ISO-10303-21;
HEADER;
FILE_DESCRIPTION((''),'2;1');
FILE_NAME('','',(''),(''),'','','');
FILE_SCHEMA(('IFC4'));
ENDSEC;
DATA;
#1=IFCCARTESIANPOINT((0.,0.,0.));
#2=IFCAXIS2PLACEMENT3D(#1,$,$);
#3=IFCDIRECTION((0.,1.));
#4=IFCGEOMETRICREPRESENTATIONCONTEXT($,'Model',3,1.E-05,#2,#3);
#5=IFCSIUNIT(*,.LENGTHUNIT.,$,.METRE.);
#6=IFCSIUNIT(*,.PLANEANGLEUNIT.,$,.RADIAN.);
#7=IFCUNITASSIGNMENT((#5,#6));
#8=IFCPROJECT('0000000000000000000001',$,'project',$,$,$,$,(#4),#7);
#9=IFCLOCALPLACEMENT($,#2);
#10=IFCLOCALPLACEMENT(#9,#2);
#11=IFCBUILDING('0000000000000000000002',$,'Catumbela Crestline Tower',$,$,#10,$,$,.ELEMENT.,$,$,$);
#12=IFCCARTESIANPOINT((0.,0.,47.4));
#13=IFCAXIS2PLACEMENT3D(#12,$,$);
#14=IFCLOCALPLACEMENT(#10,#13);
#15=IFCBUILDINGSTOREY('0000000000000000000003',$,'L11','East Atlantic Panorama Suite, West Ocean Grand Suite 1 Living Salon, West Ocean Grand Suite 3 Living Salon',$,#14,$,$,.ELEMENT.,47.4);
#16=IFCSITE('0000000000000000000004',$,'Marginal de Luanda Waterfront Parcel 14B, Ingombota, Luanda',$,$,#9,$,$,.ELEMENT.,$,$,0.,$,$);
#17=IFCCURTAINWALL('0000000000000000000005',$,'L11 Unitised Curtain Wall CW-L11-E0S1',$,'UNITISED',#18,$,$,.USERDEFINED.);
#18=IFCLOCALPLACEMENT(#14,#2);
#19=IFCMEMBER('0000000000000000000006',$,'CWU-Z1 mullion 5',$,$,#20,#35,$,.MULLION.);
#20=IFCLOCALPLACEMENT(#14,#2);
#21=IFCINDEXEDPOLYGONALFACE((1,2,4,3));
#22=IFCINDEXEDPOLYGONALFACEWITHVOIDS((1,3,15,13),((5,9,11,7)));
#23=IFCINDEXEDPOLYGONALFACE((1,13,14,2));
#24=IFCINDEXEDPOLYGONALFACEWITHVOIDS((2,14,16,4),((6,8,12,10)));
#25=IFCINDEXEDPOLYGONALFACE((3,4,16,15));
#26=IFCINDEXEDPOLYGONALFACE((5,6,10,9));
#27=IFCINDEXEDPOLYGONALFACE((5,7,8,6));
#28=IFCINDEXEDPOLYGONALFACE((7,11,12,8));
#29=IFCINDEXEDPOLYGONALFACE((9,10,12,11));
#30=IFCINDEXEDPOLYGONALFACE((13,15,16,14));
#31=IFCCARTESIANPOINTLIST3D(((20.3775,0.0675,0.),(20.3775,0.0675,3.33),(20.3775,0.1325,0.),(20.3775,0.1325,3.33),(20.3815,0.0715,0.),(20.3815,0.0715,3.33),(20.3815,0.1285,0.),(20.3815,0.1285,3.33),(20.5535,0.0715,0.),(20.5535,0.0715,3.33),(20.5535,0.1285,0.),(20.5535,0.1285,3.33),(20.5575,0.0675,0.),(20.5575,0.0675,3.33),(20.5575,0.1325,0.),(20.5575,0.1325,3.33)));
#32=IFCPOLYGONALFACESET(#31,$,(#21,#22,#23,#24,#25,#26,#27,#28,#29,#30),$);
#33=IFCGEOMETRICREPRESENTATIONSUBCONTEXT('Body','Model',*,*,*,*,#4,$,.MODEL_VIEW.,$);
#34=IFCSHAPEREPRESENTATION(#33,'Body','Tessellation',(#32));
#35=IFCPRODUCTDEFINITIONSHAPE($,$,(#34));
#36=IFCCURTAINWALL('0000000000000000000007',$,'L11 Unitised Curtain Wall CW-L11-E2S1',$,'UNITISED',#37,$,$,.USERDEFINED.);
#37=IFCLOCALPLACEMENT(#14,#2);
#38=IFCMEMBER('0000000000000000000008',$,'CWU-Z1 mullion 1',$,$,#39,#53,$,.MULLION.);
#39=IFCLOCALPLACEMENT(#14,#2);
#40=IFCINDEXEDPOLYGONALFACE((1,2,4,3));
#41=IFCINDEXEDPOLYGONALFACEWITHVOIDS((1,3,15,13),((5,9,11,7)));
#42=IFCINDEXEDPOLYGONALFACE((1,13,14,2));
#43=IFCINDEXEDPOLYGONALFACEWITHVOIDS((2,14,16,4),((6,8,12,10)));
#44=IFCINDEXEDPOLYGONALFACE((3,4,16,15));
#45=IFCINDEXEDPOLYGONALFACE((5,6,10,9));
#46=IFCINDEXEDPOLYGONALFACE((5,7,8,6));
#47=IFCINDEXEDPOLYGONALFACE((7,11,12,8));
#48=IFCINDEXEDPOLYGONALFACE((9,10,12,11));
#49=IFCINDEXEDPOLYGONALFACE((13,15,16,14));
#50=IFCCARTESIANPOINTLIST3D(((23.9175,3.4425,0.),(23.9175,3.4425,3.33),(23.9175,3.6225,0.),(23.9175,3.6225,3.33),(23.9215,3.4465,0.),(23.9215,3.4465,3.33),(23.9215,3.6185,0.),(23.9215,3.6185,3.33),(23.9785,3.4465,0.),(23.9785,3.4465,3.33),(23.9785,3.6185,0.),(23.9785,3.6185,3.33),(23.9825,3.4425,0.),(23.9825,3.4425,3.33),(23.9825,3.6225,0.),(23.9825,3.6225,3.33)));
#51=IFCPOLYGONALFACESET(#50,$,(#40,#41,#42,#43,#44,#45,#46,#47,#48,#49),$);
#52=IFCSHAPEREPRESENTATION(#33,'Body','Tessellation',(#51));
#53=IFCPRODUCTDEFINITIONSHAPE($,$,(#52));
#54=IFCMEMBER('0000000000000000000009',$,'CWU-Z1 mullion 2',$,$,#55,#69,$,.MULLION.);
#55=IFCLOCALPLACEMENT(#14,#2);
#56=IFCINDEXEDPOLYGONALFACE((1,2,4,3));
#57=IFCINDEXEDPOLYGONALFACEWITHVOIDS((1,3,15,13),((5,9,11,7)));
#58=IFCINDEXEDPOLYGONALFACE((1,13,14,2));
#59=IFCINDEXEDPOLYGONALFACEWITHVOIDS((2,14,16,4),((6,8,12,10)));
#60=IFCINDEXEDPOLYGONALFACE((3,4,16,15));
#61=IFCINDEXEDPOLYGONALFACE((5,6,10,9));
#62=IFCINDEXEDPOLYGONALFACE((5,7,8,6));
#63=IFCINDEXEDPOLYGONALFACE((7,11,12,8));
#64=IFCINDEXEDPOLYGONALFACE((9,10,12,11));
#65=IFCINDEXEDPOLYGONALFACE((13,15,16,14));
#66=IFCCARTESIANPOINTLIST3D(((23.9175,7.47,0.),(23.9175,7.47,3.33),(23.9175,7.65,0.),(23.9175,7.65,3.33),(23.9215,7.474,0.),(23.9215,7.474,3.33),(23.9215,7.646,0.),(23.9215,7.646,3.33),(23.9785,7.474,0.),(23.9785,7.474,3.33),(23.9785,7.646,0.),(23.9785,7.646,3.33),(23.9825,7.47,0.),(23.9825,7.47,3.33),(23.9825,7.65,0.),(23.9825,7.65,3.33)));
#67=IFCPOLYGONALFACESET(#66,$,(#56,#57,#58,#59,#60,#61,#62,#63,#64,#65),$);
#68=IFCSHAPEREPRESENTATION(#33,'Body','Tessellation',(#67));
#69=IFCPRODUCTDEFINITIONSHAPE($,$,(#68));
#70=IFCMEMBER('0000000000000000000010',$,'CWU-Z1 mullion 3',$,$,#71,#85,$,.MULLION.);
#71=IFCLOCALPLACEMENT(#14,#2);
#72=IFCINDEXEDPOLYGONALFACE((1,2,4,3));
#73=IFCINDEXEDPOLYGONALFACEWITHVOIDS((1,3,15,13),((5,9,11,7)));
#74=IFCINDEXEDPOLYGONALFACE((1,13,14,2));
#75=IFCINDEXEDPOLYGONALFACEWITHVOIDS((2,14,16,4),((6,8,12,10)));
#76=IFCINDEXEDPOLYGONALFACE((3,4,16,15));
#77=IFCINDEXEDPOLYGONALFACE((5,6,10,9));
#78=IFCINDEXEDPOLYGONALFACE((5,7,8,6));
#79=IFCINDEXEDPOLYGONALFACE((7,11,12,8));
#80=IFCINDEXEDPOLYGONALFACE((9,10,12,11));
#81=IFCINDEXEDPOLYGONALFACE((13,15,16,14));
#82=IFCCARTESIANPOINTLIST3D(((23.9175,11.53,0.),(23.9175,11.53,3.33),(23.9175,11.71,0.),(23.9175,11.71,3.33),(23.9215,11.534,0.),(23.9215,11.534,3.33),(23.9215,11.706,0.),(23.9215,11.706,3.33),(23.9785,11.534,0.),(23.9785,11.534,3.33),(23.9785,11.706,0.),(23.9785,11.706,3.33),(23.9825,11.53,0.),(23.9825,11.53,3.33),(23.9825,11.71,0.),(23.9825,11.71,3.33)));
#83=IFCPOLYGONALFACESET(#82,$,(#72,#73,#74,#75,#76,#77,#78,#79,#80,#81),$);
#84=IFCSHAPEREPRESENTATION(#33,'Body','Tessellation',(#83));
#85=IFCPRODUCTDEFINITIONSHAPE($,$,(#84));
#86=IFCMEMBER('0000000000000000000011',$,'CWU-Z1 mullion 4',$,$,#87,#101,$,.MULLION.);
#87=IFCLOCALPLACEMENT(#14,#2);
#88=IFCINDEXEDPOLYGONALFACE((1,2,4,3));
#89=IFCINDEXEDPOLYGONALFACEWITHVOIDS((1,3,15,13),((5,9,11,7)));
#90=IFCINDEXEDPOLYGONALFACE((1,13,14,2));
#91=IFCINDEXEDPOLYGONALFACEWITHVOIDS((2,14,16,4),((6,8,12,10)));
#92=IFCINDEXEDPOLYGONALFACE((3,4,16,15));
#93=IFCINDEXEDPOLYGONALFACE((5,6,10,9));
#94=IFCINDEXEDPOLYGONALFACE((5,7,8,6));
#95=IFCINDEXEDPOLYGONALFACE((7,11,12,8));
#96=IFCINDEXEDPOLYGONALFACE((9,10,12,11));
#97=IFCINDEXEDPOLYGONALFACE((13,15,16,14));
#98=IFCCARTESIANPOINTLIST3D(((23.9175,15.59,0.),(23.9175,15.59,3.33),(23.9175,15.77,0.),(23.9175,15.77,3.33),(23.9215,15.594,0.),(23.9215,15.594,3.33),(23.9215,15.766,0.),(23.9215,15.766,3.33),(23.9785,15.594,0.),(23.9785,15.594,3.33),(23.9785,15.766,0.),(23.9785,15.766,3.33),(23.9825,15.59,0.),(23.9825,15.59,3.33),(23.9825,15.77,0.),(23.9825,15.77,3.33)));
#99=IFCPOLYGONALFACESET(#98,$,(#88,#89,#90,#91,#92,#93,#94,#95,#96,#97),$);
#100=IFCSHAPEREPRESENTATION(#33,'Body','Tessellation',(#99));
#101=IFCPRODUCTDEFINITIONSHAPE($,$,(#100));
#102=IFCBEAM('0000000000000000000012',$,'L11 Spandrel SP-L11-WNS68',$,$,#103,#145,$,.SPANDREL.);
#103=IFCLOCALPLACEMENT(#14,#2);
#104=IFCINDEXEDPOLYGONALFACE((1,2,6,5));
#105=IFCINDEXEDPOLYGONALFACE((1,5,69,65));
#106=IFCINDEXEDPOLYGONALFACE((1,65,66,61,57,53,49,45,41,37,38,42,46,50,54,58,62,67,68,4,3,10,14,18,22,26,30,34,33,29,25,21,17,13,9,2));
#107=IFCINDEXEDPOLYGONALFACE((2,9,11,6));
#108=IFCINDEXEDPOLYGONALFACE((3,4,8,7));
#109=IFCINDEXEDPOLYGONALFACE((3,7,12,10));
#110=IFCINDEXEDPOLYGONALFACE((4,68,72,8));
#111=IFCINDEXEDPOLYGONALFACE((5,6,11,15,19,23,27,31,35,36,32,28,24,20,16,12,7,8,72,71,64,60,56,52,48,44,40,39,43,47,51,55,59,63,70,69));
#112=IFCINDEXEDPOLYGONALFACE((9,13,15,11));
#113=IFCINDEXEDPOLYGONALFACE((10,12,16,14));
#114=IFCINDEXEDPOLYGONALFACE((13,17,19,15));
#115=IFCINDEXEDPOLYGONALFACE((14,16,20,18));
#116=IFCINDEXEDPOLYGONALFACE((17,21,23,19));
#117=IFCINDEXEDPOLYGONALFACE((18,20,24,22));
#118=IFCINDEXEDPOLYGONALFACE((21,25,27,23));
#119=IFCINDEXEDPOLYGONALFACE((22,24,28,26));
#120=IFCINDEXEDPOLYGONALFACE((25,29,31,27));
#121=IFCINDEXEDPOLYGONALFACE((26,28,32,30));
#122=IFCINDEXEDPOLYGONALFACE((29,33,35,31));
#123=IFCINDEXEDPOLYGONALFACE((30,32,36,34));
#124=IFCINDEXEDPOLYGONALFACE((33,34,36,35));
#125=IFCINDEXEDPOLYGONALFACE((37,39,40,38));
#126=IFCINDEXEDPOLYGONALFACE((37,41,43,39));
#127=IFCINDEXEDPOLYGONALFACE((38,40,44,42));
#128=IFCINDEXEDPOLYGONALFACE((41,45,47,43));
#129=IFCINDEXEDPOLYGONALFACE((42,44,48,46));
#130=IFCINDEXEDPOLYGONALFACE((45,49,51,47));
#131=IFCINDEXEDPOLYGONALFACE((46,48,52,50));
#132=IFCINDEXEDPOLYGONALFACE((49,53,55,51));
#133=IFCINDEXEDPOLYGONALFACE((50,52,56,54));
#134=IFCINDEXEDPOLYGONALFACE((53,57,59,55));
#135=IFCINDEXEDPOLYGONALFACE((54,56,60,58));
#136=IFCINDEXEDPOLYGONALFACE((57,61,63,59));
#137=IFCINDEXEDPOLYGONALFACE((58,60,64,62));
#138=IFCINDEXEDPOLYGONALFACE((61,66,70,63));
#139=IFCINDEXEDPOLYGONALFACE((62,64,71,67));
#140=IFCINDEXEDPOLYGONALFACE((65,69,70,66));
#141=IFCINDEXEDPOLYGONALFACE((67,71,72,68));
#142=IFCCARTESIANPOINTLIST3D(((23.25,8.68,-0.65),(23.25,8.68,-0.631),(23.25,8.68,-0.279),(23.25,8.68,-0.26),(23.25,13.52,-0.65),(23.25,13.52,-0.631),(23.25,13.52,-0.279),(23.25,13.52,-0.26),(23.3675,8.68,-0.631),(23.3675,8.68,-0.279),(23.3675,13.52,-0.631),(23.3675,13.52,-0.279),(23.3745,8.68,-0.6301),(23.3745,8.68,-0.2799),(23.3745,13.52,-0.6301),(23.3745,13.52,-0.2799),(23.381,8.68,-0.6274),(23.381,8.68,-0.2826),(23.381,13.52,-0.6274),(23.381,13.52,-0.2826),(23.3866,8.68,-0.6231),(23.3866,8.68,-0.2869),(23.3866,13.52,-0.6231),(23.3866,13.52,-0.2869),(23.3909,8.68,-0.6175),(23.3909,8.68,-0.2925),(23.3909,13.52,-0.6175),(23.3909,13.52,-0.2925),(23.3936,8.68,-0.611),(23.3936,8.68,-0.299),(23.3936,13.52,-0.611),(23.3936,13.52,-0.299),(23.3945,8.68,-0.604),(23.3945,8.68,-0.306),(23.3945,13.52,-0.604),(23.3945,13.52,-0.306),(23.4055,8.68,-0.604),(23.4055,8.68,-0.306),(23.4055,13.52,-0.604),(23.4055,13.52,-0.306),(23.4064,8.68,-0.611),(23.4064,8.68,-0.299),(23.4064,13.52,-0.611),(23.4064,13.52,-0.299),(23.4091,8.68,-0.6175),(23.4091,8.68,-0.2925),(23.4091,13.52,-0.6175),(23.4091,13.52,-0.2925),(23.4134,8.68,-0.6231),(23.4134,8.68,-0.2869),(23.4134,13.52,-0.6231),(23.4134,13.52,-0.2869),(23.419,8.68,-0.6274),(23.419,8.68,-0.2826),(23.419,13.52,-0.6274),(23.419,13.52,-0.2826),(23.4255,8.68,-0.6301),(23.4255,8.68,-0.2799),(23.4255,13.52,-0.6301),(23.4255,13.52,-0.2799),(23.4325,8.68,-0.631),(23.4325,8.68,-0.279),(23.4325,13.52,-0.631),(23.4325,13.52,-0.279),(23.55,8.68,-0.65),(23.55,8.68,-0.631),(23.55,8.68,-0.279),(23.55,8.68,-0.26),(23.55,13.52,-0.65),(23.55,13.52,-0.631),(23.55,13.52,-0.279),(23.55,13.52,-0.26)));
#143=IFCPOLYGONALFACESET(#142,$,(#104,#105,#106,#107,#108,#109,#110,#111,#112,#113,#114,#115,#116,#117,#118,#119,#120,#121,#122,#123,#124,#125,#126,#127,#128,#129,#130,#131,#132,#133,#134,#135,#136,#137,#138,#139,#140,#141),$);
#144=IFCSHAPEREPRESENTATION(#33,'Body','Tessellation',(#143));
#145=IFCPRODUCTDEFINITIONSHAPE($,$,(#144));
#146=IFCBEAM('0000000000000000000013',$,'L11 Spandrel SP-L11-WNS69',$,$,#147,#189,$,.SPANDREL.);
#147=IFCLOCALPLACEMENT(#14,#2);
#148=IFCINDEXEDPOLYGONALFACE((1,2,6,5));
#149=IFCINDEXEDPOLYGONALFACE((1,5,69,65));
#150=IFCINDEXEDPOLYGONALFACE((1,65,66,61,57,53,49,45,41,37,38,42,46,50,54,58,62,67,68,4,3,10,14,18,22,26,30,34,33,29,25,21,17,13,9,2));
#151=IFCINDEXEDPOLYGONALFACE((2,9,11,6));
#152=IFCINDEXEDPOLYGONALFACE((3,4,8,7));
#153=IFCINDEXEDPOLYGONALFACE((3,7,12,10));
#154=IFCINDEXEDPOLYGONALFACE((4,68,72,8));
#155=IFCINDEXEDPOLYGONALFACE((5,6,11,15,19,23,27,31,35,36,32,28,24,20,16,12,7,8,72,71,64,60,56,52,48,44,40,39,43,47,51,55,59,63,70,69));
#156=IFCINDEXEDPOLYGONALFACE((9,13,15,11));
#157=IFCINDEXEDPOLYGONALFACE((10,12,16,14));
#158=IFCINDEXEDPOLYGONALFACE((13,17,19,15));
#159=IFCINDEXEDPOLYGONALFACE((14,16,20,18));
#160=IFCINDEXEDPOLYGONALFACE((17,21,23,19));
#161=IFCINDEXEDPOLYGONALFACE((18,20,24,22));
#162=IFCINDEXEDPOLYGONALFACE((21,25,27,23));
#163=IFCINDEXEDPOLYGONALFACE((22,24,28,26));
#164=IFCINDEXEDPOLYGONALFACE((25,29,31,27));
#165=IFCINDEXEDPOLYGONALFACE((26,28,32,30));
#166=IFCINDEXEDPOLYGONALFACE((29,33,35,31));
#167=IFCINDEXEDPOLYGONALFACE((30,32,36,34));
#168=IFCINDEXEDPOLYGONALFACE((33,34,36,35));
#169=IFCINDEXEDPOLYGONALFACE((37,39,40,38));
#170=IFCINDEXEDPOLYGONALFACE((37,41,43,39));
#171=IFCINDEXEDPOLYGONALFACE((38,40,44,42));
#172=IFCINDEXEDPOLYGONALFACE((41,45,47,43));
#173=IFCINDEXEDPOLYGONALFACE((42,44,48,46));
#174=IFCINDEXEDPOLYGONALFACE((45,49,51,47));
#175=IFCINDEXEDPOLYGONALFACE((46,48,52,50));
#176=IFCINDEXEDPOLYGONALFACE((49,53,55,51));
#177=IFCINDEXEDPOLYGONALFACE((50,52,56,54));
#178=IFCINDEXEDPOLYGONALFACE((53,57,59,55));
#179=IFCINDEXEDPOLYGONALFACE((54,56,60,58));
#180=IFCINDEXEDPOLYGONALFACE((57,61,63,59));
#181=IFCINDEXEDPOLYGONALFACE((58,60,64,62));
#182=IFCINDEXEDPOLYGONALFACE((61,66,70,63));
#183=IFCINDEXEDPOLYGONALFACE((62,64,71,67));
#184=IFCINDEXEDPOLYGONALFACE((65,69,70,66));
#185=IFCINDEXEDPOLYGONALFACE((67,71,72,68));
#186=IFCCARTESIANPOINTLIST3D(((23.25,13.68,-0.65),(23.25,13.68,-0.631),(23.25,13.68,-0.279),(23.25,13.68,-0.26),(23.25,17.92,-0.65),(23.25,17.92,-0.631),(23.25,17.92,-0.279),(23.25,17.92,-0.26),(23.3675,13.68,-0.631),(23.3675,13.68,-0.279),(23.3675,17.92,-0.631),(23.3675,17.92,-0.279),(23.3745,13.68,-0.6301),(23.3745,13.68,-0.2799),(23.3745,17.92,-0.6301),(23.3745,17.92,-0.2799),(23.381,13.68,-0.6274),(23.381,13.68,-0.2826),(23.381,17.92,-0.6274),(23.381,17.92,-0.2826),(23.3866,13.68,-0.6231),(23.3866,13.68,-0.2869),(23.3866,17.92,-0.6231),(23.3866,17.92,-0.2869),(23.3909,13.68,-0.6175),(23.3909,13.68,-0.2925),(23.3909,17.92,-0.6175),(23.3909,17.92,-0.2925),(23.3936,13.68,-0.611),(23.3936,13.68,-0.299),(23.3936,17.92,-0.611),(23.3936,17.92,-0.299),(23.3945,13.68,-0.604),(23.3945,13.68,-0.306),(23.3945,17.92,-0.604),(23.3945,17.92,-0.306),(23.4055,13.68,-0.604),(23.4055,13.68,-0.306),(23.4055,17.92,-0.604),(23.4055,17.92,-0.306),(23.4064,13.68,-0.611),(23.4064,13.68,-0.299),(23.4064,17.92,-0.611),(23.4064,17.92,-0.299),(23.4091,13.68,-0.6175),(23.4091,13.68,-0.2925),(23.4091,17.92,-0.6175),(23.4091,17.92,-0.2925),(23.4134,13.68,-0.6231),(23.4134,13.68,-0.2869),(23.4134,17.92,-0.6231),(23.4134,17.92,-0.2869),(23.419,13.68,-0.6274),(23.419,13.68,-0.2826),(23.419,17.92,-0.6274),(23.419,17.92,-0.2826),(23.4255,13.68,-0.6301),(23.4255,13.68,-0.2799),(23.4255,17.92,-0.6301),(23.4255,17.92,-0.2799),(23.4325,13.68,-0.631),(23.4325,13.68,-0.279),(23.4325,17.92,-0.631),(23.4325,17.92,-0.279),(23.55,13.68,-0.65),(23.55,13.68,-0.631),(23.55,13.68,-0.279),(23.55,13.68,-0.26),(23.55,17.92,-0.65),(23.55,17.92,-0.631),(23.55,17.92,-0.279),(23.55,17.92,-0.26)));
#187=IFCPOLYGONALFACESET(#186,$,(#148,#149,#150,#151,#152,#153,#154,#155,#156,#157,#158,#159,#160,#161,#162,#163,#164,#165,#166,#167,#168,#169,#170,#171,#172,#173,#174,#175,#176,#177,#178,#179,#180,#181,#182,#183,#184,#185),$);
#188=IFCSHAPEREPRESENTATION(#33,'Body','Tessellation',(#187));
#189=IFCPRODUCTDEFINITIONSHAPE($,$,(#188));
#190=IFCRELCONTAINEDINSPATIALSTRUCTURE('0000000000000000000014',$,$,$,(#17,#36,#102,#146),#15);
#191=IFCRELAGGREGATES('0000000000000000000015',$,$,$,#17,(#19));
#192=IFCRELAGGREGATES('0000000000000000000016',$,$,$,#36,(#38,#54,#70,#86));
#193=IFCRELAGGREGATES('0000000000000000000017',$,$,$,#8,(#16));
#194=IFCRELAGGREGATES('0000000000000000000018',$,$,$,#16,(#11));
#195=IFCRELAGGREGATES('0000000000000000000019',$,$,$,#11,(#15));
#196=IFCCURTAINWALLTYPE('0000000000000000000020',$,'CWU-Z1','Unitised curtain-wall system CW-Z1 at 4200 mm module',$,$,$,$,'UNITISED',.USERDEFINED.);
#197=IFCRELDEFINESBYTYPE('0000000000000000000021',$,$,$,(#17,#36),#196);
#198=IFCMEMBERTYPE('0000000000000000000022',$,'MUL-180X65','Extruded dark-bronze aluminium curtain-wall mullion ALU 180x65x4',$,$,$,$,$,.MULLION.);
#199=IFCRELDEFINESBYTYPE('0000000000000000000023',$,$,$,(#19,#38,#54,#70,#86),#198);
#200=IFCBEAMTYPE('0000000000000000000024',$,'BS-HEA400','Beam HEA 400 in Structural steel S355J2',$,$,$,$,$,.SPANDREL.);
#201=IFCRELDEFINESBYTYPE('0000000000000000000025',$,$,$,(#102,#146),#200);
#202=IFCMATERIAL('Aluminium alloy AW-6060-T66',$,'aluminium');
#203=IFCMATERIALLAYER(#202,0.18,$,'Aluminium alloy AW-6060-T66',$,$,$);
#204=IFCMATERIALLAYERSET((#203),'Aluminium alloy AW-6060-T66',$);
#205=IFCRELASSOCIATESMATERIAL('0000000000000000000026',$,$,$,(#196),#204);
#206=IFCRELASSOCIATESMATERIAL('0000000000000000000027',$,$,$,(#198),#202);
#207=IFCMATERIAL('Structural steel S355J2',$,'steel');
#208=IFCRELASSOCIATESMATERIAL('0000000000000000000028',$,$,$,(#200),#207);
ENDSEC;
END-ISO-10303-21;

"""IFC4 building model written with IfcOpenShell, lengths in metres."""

from ifc_helpers import new_model, si_unit, direction, frame, origin, origin_2d, place, context, subcontext, project, spatial, hollow_rectangle, i_section, extrude, material, layer, layer_set, material_profile, profile_set, type_object, element, aggregate, save


model = new_model("IFC4")

# Units and contexts
model_context = context("Model", 3, precision=1e-05, world=origin(), true_north=direction((0.0, 1.0)))
body_context = subcontext(model_context, "Body", "Model", "MODEL_VIEW")
ifc_project = project(units=[si_unit("LENGTHUNIT", "METRE"), si_unit("PLANEANGLEUNIT", "RADIAN")], contexts=[model_context])

# Site, building, storey
site_placement = place(None, origin())
site = spatial("IfcSite", under=ifc_project, at=site_placement, Name="Marginal de Luanda Waterfront Parcel 14B, Ingombota, Luanda", CompositionType="ELEMENT", RefElevation=0.0)
building_placement = place(site_placement, origin())
building = spatial("IfcBuilding", under=site, at=building_placement, Name="Catumbela Crestline Tower", CompositionType="ELEMENT")
storey_placement = place(building_placement, frame((0.0, 0.0, 47.4)))
storey = spatial("IfcBuildingStorey", under=building, at=storey_placement, Name="L11", Description="East Atlantic Panorama Suite, West Ocean Grand Suite 1 Living Salon, West Ocean Grand Suite 3 Living Salon", CompositionType="ELEMENT", Elevation=47.4)

# Shared definitions
ifc_material_1 = material(Name="Structural steel S355J2", Category="steel")

# Curtain wall, member
ifc_material_2 = material(Name="Aluminium alloy AW-6060-T66", Category="aluminium")
ifc_layer_1 = layer(ifc_material_2, 0.18, Name="Aluminium alloy AW-6060-T66")
ifc_layer_set_1 = layer_set([ifc_layer_1], Name="Aluminium alloy AW-6060-T66")
curtain_wall_type = type_object("IfcCurtainWallType", Name="CWU-Z1", Description="Unitised curtain-wall system CW-Z1 at 4200 mm module", ElementType="UNITISED", PredefinedType="USERDEFINED", material=ifc_layer_set_1)
curtain_wall_1_placement = place(storey_placement, origin())
curtain_wall_1 = element("IfcCurtainWall", 1, at=curtain_wall_1_placement, inside=storey, type_object=curtain_wall_type, Name="L11 Unitised Curtain Wall CW-L11-E0S1", ObjectType="UNITISED", PredefinedType="USERDEFINED")
ifc_material_profile_1 = material_profile(ifc_material_2, hollow_rectangle(XDim=0.065, YDim=0.18, WallThickness=0.004, at=origin_2d()), Name="ALU 180x65x4")
ifc_profile_set_1 = profile_set([ifc_material_profile_1], Name="Aluminium alloy AW-6060-T66")
member_type_1 = type_object("IfcMemberType", Name="MUL-180X65", Description="Extruded dark-bronze aluminium curtain-wall mullion ALU 180x65x4", PredefinedType="MULLION", material=ifc_profile_set_1)
member_1_placement = place(storey_placement, frame((20.4675, 0.1, 0.0), z_axis=(0.0, 0.0, 1.0), x_axis=(0.0, 1.0, 0.0)))
member_1 = element("IfcMember", 2, at=member_1_placement, type_object=member_type_1, Name="CWU-Z1 mullion 5", PredefinedType="MULLION", context=body_context, shape_type="SweptSolid", body=[
    extrude(hollow_rectangle(XDim=0.065, YDim=0.18, WallThickness=0.004, at=origin_2d()), origin(), (0.0, 0.0, 1.0), 3.33),
])
aggregate(curtain_wall_1, [member_1])

# Curtain wall, members
curtain_wall_2_placement = place(storey_placement, origin())
curtain_wall_2 = element("IfcCurtainWall", 3, at=curtain_wall_2_placement, inside=storey, type_object=curtain_wall_type, Name="L11 Unitised Curtain Wall CW-L11-E2S1", ObjectType="UNITISED", PredefinedType="USERDEFINED")
member_2_placement = place(storey_placement, frame((23.95, 3.5325, 0.0), z_axis=(0.0, 0.0, 1.0), x_axis=(-1.0, 0.0, 0.0)))
member_2 = element("IfcMember", 4, at=member_2_placement, type_object=member_type_1, Name="CWU-Z1 mullion 1", PredefinedType="MULLION", context=body_context, shape_type="SweptSolid", body=[
    extrude(hollow_rectangle(XDim=0.065, YDim=0.18, WallThickness=0.004, at=origin_2d()), origin(), (0.0, 0.0, 1.0), 3.33),
])
member_3_placement = place(storey_placement, frame((23.95, 7.56, 0.0), z_axis=(0.0, 0.0, 1.0), x_axis=(-1.0, 0.0, 0.0)))
member_3 = element("IfcMember", 5, at=member_3_placement, type_object=member_type_1, Name="CWU-Z1 mullion 2", PredefinedType="MULLION", context=body_context, shape_type="SweptSolid", body=[
    extrude(hollow_rectangle(XDim=0.065, YDim=0.18, WallThickness=0.004, at=origin_2d()), origin(), (0.0, 0.0, 1.0), 3.33),
])
member_4_placement = place(storey_placement, frame((23.95, 11.62, 0.0), z_axis=(0.0, 0.0, 1.0), x_axis=(-1.0, 0.0, 0.0)))
member_4 = element("IfcMember", 6, at=member_4_placement, type_object=member_type_1, Name="CWU-Z1 mullion 3", PredefinedType="MULLION", context=body_context, shape_type="SweptSolid", body=[
    extrude(hollow_rectangle(XDim=0.065, YDim=0.18, WallThickness=0.004, at=origin_2d()), origin(), (0.0, 0.0, 1.0), 3.33),
])
member_5_placement = place(storey_placement, frame((23.95, 15.68, 0.0), z_axis=(0.0, 0.0, 1.0), x_axis=(-1.0, 0.0, 0.0)))
member_5 = element("IfcMember", 7, at=member_5_placement, type_object=member_type_1, Name="CWU-Z1 mullion 4", PredefinedType="MULLION", context=body_context, shape_type="SweptSolid", body=[
    extrude(hollow_rectangle(XDim=0.065, YDim=0.18, WallThickness=0.004, at=origin_2d()), origin(), (0.0, 0.0, 1.0), 3.33),
])

# Beams
ifc_material_profile_2 = material_profile(ifc_material_1, i_section(OverallWidth=0.3, OverallDepth=0.39, WebThickness=0.011, FlangeThickness=0.019, FilletRadius=0.027, at=origin_2d()), Name="HEA 400")
ifc_profile_set_2 = profile_set([ifc_material_profile_2], Name="Structural steel S355J2")
beam_type_1 = type_object("IfcBeamType", Name="BS-HEA400", Description="Beam HEA 400 in Structural steel S355J2", PredefinedType="SPANDREL", material=ifc_profile_set_2)
beam_1_placement = place(storey_placement, frame((23.4, 8.68, -0.455), z_axis=(0.0, 1.0, 0.0), x_axis=(-1.0, 0.0, 0.0)))
element("IfcBeam", 8, at=beam_1_placement, inside=storey, type_object=beam_type_1, Name="L11 Spandrel SP-L11-WNS68", PredefinedType="SPANDREL", context=body_context, shape_type="SweptSolid", body=[
    extrude(i_section(OverallWidth=0.3, OverallDepth=0.39, WebThickness=0.011, FlangeThickness=0.019, FilletRadius=0.027, at=origin_2d()), origin(), (0.0, 0.0, 1.0), 4.84),
])
beam_2_placement = place(storey_placement, frame((23.4, 13.68, -0.455), z_axis=(0.0, 1.0, 0.0), x_axis=(-1.0, 0.0, 0.0)))
element("IfcBeam", 9, at=beam_2_placement, inside=storey, type_object=beam_type_1, Name="L11 Spandrel SP-L11-WNS69", PredefinedType="SPANDREL", context=body_context, shape_type="SweptSolid", body=[
    extrude(i_section(OverallWidth=0.3, OverallDepth=0.39, WebThickness=0.011, FlangeThickness=0.019, FilletRadius=0.027, at=origin_2d()), origin(), (0.0, 0.0, 1.0), 4.24),
])

aggregate(curtain_wall_2, [member_2, member_3, member_4, member_5])

save(model, "model.ifc")
